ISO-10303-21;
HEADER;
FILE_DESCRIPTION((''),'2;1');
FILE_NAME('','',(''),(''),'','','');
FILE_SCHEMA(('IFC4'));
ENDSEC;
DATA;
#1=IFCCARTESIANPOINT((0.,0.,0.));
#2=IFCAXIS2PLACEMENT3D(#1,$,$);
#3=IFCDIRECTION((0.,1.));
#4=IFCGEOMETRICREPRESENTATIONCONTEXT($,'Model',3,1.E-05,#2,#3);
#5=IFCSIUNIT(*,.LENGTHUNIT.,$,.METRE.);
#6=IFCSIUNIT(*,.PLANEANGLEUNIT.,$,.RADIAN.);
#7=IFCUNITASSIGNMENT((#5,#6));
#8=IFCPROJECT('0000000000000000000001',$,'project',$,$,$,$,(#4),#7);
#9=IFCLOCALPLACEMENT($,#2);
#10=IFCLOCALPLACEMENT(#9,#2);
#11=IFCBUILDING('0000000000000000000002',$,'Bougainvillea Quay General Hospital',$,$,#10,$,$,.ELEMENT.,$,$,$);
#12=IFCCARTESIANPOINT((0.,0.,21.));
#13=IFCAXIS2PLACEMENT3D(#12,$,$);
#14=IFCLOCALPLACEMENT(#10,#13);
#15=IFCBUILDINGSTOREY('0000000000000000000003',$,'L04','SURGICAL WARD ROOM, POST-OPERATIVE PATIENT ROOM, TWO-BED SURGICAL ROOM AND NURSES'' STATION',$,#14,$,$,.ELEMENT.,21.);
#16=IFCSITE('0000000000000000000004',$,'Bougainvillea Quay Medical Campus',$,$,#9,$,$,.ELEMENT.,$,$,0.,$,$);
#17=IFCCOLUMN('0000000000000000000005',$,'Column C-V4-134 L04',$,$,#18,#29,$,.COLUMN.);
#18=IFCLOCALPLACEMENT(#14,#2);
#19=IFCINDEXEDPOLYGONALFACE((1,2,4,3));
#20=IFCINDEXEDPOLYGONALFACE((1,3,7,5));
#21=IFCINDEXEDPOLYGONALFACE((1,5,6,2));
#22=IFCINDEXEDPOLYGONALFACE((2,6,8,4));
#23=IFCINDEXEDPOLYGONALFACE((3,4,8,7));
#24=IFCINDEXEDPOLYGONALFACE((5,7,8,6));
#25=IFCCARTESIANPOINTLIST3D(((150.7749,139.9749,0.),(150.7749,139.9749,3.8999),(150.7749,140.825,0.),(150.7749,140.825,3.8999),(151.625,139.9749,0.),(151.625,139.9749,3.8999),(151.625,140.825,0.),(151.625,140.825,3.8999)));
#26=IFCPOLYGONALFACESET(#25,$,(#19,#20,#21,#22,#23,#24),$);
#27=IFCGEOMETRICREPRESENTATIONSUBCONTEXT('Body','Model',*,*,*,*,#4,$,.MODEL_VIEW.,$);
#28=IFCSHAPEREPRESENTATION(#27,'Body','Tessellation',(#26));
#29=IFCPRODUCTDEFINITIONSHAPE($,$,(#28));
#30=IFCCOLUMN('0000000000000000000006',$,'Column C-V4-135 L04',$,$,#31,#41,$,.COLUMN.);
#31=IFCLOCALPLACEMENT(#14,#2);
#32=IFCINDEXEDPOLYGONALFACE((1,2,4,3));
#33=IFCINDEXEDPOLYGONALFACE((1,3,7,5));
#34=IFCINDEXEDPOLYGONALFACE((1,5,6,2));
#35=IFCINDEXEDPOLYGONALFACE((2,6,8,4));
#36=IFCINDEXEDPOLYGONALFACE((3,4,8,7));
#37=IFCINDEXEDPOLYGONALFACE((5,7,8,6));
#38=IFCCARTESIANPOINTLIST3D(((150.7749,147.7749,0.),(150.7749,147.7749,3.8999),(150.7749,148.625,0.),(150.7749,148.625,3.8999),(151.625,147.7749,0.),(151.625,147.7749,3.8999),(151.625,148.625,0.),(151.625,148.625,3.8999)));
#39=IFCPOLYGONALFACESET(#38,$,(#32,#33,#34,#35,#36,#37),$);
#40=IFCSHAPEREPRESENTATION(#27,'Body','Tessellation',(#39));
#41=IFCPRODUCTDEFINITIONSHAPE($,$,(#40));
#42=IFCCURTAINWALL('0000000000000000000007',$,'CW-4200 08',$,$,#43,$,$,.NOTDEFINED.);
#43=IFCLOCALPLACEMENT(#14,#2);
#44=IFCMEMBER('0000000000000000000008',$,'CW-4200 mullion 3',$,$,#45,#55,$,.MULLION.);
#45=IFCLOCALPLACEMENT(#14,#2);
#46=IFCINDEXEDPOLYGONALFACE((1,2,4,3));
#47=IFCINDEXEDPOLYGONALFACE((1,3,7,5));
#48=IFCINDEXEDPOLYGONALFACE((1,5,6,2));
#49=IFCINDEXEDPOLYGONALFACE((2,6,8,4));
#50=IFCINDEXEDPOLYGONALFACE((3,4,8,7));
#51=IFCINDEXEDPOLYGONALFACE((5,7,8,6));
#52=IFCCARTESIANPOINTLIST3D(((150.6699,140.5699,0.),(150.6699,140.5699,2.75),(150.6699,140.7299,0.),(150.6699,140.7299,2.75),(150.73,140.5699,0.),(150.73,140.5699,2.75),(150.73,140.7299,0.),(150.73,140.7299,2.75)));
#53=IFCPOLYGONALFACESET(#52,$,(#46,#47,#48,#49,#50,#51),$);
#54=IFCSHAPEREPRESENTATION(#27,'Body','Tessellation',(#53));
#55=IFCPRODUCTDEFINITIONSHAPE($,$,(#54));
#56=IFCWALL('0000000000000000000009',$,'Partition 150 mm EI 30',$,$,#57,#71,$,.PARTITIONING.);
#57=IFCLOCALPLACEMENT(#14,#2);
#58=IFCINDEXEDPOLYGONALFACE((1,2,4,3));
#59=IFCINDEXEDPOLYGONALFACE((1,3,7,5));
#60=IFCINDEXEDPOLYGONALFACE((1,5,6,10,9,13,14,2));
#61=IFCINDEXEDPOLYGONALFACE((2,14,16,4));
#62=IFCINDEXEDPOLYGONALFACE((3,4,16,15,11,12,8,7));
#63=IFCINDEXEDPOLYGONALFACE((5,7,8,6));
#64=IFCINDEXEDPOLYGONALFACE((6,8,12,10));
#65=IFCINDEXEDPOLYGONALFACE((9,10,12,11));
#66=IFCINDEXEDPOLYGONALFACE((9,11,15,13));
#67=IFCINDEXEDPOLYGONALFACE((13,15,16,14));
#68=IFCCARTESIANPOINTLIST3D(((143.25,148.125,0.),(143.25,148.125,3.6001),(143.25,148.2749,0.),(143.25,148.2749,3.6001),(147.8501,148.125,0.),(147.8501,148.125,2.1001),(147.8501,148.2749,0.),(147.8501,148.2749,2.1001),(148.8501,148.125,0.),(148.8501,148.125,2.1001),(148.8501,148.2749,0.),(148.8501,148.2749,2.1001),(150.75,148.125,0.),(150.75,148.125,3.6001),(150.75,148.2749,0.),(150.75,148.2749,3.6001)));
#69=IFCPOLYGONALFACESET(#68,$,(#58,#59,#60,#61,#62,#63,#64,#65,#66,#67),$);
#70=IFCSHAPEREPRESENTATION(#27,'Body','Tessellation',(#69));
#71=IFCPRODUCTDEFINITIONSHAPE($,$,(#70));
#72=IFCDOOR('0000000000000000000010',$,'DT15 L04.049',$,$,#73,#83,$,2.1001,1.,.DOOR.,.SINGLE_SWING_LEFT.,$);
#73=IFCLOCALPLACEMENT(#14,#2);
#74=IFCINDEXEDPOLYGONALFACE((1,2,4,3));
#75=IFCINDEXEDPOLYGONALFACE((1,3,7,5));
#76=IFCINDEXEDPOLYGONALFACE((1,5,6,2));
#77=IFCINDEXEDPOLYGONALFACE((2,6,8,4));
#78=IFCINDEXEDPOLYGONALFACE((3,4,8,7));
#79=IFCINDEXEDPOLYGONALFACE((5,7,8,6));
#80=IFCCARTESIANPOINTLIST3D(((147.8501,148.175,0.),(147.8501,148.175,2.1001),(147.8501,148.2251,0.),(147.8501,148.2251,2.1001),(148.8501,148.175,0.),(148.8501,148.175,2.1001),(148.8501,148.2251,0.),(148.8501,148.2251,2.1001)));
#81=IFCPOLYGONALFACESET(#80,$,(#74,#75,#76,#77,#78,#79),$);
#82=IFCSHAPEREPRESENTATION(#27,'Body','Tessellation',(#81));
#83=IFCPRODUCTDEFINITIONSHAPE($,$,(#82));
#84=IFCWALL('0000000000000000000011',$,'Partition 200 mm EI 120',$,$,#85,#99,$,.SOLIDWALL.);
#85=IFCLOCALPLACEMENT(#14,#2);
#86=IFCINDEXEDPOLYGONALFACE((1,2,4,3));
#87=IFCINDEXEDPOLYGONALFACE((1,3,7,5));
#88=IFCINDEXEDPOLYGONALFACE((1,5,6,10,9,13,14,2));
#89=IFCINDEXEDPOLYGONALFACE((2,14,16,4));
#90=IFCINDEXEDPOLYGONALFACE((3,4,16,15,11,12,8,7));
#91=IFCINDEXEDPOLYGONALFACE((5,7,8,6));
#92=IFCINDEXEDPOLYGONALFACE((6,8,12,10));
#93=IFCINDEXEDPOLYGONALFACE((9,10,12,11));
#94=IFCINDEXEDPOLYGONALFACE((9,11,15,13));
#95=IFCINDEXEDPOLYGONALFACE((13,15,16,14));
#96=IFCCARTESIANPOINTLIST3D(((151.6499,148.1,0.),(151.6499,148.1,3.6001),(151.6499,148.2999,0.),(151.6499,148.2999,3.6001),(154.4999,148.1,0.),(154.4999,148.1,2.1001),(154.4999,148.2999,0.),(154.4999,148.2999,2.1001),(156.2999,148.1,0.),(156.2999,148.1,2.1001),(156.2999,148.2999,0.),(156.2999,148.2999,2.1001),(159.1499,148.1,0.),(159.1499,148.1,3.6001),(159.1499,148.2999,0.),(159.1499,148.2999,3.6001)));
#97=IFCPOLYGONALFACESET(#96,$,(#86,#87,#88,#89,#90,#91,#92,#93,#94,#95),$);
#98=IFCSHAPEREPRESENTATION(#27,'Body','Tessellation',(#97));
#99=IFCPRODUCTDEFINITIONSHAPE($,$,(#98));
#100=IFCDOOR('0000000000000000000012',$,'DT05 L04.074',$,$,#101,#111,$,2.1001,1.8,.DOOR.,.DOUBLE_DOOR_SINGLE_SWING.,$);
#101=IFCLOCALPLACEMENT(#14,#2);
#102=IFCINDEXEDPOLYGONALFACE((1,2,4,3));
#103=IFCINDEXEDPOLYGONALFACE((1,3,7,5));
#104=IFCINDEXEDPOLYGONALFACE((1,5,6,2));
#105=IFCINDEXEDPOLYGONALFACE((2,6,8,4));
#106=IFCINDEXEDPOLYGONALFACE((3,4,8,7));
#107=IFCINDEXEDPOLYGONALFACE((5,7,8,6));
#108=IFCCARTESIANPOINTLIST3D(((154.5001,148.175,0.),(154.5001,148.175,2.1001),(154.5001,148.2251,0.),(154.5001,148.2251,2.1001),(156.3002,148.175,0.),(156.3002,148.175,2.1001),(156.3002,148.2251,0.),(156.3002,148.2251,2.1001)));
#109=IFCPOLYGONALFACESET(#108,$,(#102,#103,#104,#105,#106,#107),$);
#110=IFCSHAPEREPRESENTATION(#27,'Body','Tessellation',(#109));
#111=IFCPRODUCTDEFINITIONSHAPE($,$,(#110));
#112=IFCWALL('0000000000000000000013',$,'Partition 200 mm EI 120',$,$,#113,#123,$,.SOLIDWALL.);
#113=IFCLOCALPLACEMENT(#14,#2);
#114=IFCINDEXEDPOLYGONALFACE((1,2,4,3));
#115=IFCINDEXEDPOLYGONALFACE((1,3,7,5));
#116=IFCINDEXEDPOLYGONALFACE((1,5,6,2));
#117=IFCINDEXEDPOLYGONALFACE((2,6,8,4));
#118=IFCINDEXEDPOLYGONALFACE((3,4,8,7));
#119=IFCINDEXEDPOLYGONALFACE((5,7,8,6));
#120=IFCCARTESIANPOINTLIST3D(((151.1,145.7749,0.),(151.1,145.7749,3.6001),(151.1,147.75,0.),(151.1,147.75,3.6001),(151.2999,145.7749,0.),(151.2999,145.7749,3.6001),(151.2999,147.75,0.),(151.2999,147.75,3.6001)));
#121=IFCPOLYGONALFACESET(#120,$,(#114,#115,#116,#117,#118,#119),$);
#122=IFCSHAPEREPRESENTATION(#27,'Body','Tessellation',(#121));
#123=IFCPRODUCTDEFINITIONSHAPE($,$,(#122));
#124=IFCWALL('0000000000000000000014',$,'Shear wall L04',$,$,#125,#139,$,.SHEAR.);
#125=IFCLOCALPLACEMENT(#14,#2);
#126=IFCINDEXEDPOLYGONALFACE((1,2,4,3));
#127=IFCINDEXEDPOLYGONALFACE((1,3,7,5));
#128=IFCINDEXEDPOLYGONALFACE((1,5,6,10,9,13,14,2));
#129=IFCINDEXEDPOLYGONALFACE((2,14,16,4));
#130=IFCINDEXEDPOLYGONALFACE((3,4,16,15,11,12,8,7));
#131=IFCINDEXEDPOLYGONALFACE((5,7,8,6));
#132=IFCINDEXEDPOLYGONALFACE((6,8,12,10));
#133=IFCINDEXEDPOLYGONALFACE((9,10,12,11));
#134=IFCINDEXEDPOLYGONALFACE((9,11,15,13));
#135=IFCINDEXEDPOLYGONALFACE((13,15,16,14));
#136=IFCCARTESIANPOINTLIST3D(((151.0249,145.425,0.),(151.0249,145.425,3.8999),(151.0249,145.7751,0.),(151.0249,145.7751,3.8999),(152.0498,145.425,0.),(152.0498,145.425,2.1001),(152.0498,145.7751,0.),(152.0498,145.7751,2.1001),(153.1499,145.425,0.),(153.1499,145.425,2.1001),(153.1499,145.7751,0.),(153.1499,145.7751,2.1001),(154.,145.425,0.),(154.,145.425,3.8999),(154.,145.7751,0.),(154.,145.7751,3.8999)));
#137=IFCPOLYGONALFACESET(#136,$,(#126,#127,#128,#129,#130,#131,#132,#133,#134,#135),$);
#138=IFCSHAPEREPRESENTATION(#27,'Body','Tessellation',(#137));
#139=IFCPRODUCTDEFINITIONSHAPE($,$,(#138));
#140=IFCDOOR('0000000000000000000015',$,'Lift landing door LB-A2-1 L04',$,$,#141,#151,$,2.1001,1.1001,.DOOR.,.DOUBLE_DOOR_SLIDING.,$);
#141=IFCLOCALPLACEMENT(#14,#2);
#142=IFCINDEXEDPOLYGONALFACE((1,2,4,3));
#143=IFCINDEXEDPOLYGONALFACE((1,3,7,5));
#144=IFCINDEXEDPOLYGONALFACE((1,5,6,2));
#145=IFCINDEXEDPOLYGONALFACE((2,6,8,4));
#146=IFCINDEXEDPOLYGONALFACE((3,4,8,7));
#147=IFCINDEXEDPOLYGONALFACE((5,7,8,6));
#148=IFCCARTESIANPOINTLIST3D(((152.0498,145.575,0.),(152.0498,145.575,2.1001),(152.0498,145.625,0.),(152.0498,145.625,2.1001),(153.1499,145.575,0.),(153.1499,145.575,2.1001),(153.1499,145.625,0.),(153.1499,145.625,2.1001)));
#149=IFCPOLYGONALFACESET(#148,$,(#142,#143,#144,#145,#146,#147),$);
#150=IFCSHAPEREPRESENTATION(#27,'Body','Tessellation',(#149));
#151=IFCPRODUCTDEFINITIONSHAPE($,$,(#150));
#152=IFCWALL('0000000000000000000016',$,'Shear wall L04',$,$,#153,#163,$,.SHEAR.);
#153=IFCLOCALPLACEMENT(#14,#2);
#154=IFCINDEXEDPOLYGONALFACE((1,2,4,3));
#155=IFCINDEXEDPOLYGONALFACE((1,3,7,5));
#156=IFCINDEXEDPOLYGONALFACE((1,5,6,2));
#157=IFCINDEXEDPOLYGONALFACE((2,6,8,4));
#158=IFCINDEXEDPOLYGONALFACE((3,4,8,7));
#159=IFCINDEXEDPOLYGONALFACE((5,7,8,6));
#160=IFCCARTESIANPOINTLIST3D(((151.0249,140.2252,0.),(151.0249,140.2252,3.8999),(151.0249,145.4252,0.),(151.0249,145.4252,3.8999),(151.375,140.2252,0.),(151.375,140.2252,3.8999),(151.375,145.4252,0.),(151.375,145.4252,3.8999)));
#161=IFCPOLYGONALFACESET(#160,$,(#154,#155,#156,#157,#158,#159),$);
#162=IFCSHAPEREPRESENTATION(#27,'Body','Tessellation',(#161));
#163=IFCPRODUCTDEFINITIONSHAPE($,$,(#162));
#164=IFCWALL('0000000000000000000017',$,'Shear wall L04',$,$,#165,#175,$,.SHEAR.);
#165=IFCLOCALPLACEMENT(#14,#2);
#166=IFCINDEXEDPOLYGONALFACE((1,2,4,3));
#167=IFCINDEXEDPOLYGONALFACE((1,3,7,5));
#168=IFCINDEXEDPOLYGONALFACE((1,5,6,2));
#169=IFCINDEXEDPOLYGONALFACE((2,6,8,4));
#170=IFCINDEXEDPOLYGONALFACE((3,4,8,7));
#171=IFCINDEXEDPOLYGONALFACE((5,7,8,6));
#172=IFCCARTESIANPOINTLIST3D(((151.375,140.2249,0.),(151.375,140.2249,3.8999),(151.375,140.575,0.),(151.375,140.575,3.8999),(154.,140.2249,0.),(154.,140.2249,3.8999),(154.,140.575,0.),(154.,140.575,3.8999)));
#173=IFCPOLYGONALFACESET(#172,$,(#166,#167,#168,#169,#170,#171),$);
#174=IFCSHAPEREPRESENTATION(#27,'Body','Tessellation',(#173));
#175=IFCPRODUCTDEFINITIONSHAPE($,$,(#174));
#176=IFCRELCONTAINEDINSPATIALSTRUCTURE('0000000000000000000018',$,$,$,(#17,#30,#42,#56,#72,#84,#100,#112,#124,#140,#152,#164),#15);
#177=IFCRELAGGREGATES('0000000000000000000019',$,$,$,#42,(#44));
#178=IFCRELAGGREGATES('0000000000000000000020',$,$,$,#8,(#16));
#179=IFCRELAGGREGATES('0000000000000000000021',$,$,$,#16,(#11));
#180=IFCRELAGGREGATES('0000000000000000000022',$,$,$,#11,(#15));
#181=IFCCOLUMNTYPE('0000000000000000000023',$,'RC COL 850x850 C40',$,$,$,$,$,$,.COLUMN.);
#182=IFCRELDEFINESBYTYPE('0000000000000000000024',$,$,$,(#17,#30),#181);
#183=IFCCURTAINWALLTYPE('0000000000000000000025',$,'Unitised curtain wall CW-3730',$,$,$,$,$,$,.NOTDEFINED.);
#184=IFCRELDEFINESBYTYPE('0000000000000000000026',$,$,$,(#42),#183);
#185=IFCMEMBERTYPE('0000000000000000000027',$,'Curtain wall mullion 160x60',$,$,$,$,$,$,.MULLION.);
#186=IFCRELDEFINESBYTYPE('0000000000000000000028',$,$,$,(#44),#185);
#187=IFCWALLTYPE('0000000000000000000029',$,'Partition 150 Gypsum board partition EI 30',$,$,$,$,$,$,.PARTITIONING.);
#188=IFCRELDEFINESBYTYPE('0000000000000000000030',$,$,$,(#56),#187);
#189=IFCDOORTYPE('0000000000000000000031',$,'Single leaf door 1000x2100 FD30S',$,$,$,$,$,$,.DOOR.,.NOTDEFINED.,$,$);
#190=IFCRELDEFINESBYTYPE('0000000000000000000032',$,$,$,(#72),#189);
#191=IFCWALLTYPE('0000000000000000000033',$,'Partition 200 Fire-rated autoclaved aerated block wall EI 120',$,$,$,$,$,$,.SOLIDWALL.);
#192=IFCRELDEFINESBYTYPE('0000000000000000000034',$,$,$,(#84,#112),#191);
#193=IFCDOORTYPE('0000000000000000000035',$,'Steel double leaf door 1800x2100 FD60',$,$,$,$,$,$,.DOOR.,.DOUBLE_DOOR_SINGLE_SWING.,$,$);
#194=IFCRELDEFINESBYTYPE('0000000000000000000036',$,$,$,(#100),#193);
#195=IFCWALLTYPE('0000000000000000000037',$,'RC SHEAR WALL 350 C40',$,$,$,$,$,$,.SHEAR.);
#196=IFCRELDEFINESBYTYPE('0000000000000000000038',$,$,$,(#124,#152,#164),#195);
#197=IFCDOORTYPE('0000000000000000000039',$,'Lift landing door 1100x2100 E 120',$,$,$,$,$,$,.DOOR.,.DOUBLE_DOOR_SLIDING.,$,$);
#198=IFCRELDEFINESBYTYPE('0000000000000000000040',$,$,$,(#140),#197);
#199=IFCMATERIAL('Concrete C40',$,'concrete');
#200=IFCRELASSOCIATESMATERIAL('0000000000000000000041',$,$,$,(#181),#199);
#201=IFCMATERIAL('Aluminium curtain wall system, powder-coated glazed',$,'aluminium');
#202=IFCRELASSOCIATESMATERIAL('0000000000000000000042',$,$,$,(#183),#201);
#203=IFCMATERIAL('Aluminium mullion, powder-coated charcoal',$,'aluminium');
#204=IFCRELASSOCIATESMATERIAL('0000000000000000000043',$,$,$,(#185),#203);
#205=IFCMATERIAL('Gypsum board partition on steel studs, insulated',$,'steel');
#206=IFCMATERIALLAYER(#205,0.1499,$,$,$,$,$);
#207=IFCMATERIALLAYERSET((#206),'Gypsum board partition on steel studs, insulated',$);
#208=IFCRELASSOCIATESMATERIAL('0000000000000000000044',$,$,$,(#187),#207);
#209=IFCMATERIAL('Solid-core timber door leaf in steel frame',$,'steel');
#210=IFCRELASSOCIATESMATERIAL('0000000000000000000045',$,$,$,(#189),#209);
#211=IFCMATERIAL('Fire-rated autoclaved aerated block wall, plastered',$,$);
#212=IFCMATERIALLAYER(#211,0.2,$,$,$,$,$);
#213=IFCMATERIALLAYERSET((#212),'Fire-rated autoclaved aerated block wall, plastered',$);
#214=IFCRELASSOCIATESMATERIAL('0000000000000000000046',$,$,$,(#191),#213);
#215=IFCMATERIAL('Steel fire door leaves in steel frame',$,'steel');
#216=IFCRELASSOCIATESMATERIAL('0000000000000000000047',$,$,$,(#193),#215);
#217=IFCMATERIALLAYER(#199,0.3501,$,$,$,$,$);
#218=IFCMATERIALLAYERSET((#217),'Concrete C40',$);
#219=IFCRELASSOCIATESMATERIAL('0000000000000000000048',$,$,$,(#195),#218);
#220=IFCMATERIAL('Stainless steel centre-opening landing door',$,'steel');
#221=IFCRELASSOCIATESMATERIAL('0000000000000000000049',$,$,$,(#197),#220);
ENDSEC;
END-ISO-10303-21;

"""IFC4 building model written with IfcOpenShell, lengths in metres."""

from ifc_helpers import new_model, si_unit, direction, frame, frame_2d, origin, origin_2d, place, context, subcontext, project, spatial, rectangle, extrude, material, layer, layer_set, material_profile, profile_set, type_object, element, fill, aggregate, save


model = new_model("IFC4")

# Units and contexts
model_context = context("Model", 3, precision=1e-05, world=origin(), true_north=direction((0.0, 1.0)))
body_context = subcontext(model_context, "Body", "Model", "MODEL_VIEW")
ifc_project = project(units=[si_unit("LENGTHUNIT", "METRE"), si_unit("PLANEANGLEUNIT", "RADIAN")], contexts=[model_context])

# Site, building, storey
site_placement = place(None, origin())
site = spatial("IfcSite", under=ifc_project, at=site_placement, Name="Bougainvillea Quay Medical Campus", CompositionType="ELEMENT", RefElevation=0.0)
building_placement = place(site_placement, origin())
building = spatial("IfcBuilding", under=site, at=building_placement, Name="Bougainvillea Quay General Hospital", CompositionType="ELEMENT")
storey_placement = place(building_placement, frame((0.0, 0.0, 21.0)))
storey = spatial("IfcBuildingStorey", under=building, at=storey_placement, Name="L04", Description="SURGICAL WARD ROOM, POST-OPERATIVE PATIENT ROOM, TWO-BED SURGICAL ROOM AND NURSES' STATION", CompositionType="ELEMENT", Elevation=21.0)

# Columns
ifc_material_1 = material(Name="Concrete C40", Category="concrete")
ifc_material_profile_1 = material_profile(ifc_material_1, rectangle(XDim=0.8501, YDim=0.8501, at=origin_2d()))
ifc_profile_set_1 = profile_set([ifc_material_profile_1], Name="Concrete C40")
column_type = type_object("IfcColumnType", Name="RC COL 850x850 C40", PredefinedType="COLUMN", material=ifc_profile_set_1)
for number, where, z_axis, x_axis, name in (
    (1, (151.2, 140.3999, 0.0), (0.0, 0.0, 1.0), (1.0, 0.0, 0.0), "Column C-V4-134 L04"),
    (2, (151.2, 148.2, 0.0), (0.0, 0.0, 1.0), (1.0, 0.0, 0.0), "Column C-V4-135 L04"),
):
    element("IfcColumn", number, at=place(storey_placement, frame(where, z_axis=z_axis, x_axis=x_axis)), inside=storey, type_object=column_type, Name=name, PredefinedType="COLUMN", context=body_context, shape_type="SweptSolid", body=[
        extrude(rectangle(XDim=0.8501, YDim=0.8501, at=origin_2d()), origin(), (0.0, 0.0, 1.0), 3.8999),
    ])

# Curtain wall, member
ifc_material_2 = material(Name="Aluminium curtain wall system, powder-coated glazed", Category="aluminium")
curtain_wall_type = type_object("IfcCurtainWallType", Name="Unitised curtain wall CW-3730", PredefinedType="NOTDEFINED", material=ifc_material_2)
curtain_wall_placement = place(storey_placement, origin())
curtain_wall = element("IfcCurtainWall", 3, at=curtain_wall_placement, inside=storey, type_object=curtain_wall_type, Name="CW-4200 08", PredefinedType="NOTDEFINED")
ifc_material_3 = material(Name="Aluminium mullion, powder-coated charcoal", Category="aluminium")
ifc_material_profile_2 = material_profile(ifc_material_3, rectangle(XDim=0.1599, YDim=0.0601, at=origin_2d()))
ifc_profile_set_2 = profile_set([ifc_material_profile_2], Name="Aluminium mullion, powder-coated charcoal")
member_type = type_object("IfcMemberType", Name="Curtain wall mullion 160x60", PredefinedType="MULLION", material=ifc_profile_set_2)
member_placement = place(storey_placement, frame((150.7, 140.6499, 0.0), z_axis=(0.0, 0.0, 1.0), x_axis=(0.0, 1.0, 0.0)))
member = element("IfcMember", 4, at=member_placement, type_object=member_type, Name="CW-4200 mullion 3", PredefinedType="MULLION", context=body_context, shape_type="SweptSolid", body=[
    extrude(rectangle(XDim=0.1599, YDim=0.0601, at=origin_2d()), origin(), (0.0, 0.0, 1.0), 2.75),
])
aggregate(curtain_wall, [member])

# Walls, openings, doors
ifc_material_4 = material(Name="Gypsum board partition on steel studs, insulated", Category="steel")
ifc_layer_1 = layer(ifc_material_4, 0.1499)
ifc_layer_set_1 = layer_set([ifc_layer_1], Name="Gypsum board partition on steel studs, insulated")
wall_type_1 = type_object("IfcWallType", Name="Partition 150 Gypsum board partition EI 30", PredefinedType="PARTITIONING", material=ifc_layer_set_1)
wall_1_placement = place(storey_placement, frame((150.75, 148.2, 0.0), z_axis=(0.0, 0.0, 1.0), x_axis=(-1.0, 0.0, 0.0)))
wall_1 = element("IfcWall", 5, at=wall_1_placement, inside=storey, type_object=wall_type_1, Name="Partition 150 mm EI 30", PredefinedType="PARTITIONING", context=body_context, shape_type="SweptSolid", body=[
    extrude(rectangle(XDim=7.5, YDim=0.1499, at=frame_2d((3.75, 0.0))), origin(), (0.0, 0.0, 1.0), 3.6001),
])
opening_1_placement = place(wall_1_placement, frame((1.8999, 0.0, 0.0)))
opening_1 = element("IfcOpeningElement", 6, at=opening_1_placement, cuts=wall_1, PredefinedType="OPENING", context=body_context, shape_type="SweptSolid", body=[
    extrude(rectangle(XDim=1.0, YDim=2.1001, at=frame_2d((0.5, 1.05))), frame((0.0, 0.085, 0.0), z_axis=(0.0, -1.0, 0.0), x_axis=(1.0, 0.0, 0.0)), (0.0, 0.0, 1.0), 0.1699),
])
ifc_material_5 = material(Name="Solid-core timber door leaf in steel frame", Category="steel")
door_type_1 = type_object("IfcDoorType", Name="Single leaf door 1000x2100 FD30S", OperationType="NOTDEFINED", PredefinedType="DOOR", material=ifc_material_5)
door_1_placement = place(opening_1_placement, origin())
door_1 = element("IfcDoor", 7, at=door_1_placement, inside=storey, type_object=door_type_1, Name="DT15 L04.049", OperationType="SINGLE_SWING_LEFT", OverallHeight=2.1001, OverallWidth=1.0, PredefinedType="DOOR", context=body_context, shape_type="SweptSolid", body=[
    extrude(rectangle(XDim=1.0, YDim=2.1001, at=frame_2d((0.5, 1.05))), frame((0.0, 0.0249, 0.0), z_axis=(0.0, -1.0, 0.0), x_axis=(1.0, 0.0, 0.0)), (0.0, 0.0, 1.0), 0.05),
])
fill(opening_1, door_1)
ifc_material_6 = material(Name="Fire-rated autoclaved aerated block wall, plastered")
ifc_layer_2 = layer(ifc_material_6, 0.2)
ifc_layer_set_2 = layer_set([ifc_layer_2], Name="Fire-rated autoclaved aerated block wall, plastered")
wall_type_2 = type_object("IfcWallType", Name="Partition 200 Fire-rated autoclaved aerated block wall EI 120", PredefinedType="SOLIDWALL", material=ifc_layer_set_2)
wall_2_placement = place(storey_placement, frame((151.6499, 148.2, 0.0), z_axis=(0.0, 0.0, 1.0), x_axis=(1.0, 0.0, 0.0)))
wall_2 = element("IfcWall", 8, at=wall_2_placement, inside=storey, type_object=wall_type_2, Name="Partition 200 mm EI 120", PredefinedType="SOLIDWALL", context=body_context, shape_type="SweptSolid", body=[
    extrude(rectangle(XDim=7.5, YDim=0.2, at=frame_2d((3.75, 0.0))), origin(), (0.0, 0.0, 1.0), 3.6001),
])
opening_2_placement = place(wall_2_placement, frame((2.8501, 0.0, 0.0)))
opening_2 = element("IfcOpeningElement", 9, at=opening_2_placement, cuts=wall_2, PredefinedType="OPENING", context=body_context, shape_type="SweptSolid", body=[
    extrude(rectangle(XDim=1.8, YDim=2.1001, at=frame_2d((0.8999, 1.05))), frame((0.0, 0.1099, 0.0), z_axis=(0.0, -1.0, 0.0), x_axis=(1.0, 0.0, 0.0)), (0.0, 0.0, 1.0), 0.22),
])
ifc_material_7 = material(Name="Steel fire door leaves in steel frame", Category="steel")
door_type_2 = type_object("IfcDoorType", Name="Steel double leaf door 1800x2100 FD60", OperationType="DOUBLE_DOOR_SINGLE_SWING", PredefinedType="DOOR", material=ifc_material_7)
door_2_placement = place(opening_2_placement, frame((1.8, 0.0, 0.0), z_axis=(0.0, 0.0, 1.0), x_axis=(-1.0, 0.0, 0.0)))
door_2 = element("IfcDoor", 10, at=door_2_placement, inside=storey, type_object=door_type_2, Name="DT05 L04.074", OperationType="DOUBLE_DOOR_SINGLE_SWING", OverallHeight=2.1001, OverallWidth=1.8, PredefinedType="DOOR", context=body_context, shape_type="SweptSolid", body=[
    extrude(rectangle(XDim=1.8, YDim=2.1001, at=frame_2d((0.8999, 1.05))), frame((0.0, 0.0249, 0.0), z_axis=(0.0, -1.0, 0.0), x_axis=(1.0, 0.0, 0.0)), (0.0, 0.0, 1.0), 0.05),
])
fill(opening_2, door_2)

# Wall
wall_3_placement = place(storey_placement, frame((151.2, 145.7749, 0.0), z_axis=(0.0, 0.0, 1.0), x_axis=(0.0, 1.0, 0.0)))
element("IfcWall", 11, at=wall_3_placement, inside=storey, type_object=wall_type_2, Name="Partition 200 mm EI 120", PredefinedType="SOLIDWALL", context=body_context, shape_type="SweptSolid", body=[
    extrude(rectangle(XDim=1.9751, YDim=0.2, at=frame_2d((0.9875, 0.0))), origin(), (0.0, 0.0, 1.0), 3.6001),
])

# Wall, opening, door
ifc_layer_3 = layer(ifc_material_1, 0.3501)
ifc_layer_set_3 = layer_set([ifc_layer_3], Name="Concrete C40")
wall_type_3 = type_object("IfcWallType", Name="RC SHEAR WALL 350 C40", PredefinedType="SHEAR", material=ifc_layer_set_3)
wall_4_placement = place(storey_placement, frame((151.0249, 145.6001, 0.0), z_axis=(0.0, 0.0, 1.0), x_axis=(1.0, 0.0, 0.0)))
wall_4 = element("IfcWall", 12, at=wall_4_placement, inside=storey, type_object=wall_type_3, Name="Shear wall L04", PredefinedType="SHEAR", context=body_context, shape_type="SweptSolid", body=[
    extrude(rectangle(XDim=2.9751, YDim=0.3501, at=frame_2d((1.4875, 0.0))), origin(), (0.0, 0.0, 1.0), 3.8999),
])
opening_3_placement = place(wall_4_placement, frame((1.0249, 0.0, 0.0)))
opening_3 = element("IfcOpeningElement", 13, at=opening_3_placement, cuts=wall_4, PredefinedType="OPENING", context=body_context, shape_type="SweptSolid", body=[
    extrude(rectangle(XDim=1.1001, YDim=2.1001, at=frame_2d((0.55, 1.05))), frame((0.0, 0.1851, 0.0), z_axis=(0.0, -1.0, 0.0), x_axis=(1.0, 0.0, 0.0)), (0.0, 0.0, 1.0), 0.3701),
])
ifc_material_8 = material(Name="Stainless steel centre-opening landing door", Category="steel")
door_type_3 = type_object("IfcDoorType", Name="Lift landing door 1100x2100 E 120", OperationType="DOUBLE_DOOR_SLIDING", PredefinedType="DOOR", material=ifc_material_8)
door_3_placement = place(opening_3_placement, origin())
door_3 = element("IfcDoor", 14, at=door_3_placement, inside=storey, type_object=door_type_3, Name="Lift landing door LB-A2-1 L04", OperationType="DOUBLE_DOOR_SLIDING", OverallHeight=2.1001, OverallWidth=1.1001, PredefinedType="DOOR", context=body_context, shape_type="SweptSolid", body=[
    extrude(rectangle(XDim=1.1001, YDim=2.1001, at=frame_2d((0.55, 1.05))), frame((0.0, 0.0249, 0.0), z_axis=(0.0, -1.0, 0.0), x_axis=(1.0, 0.0, 0.0)), (0.0, 0.0, 1.0), 0.05),
])
fill(opening_3, door_3)

# Walls
wall_5_placement = place(storey_placement, frame((151.2, 140.2251, 0.0), z_axis=(0.0, 0.0, 1.0), x_axis=(0.0, 1.0, 0.0)))
element("IfcWall", 15, at=wall_5_placement, inside=storey, type_object=wall_type_3, Name="Shear wall L04", PredefinedType="SHEAR", context=body_context, shape_type="SweptSolid", body=[
    extrude(rectangle(XDim=5.2, YDim=0.3501, at=frame_2d((2.6001, 0.0))), origin(), (0.0, 0.0, 1.0), 3.8999),
])
wall_6_placement = place(storey_placement, frame((151.375, 140.3999, 0.0), z_axis=(0.0, 0.0, 1.0), x_axis=(1.0, 0.0, 0.0)))
element("IfcWall", 16, at=wall_6_placement, inside=storey, type_object=wall_type_3, Name="Shear wall L04", PredefinedType="SHEAR", context=body_context, shape_type="SweptSolid", body=[
    extrude(rectangle(XDim=2.625, YDim=0.3501, at=frame_2d((1.3125, 0.0))), origin(), (0.0, 0.0, 1.0), 3.8999),
])

save(model, "model.ifc")
